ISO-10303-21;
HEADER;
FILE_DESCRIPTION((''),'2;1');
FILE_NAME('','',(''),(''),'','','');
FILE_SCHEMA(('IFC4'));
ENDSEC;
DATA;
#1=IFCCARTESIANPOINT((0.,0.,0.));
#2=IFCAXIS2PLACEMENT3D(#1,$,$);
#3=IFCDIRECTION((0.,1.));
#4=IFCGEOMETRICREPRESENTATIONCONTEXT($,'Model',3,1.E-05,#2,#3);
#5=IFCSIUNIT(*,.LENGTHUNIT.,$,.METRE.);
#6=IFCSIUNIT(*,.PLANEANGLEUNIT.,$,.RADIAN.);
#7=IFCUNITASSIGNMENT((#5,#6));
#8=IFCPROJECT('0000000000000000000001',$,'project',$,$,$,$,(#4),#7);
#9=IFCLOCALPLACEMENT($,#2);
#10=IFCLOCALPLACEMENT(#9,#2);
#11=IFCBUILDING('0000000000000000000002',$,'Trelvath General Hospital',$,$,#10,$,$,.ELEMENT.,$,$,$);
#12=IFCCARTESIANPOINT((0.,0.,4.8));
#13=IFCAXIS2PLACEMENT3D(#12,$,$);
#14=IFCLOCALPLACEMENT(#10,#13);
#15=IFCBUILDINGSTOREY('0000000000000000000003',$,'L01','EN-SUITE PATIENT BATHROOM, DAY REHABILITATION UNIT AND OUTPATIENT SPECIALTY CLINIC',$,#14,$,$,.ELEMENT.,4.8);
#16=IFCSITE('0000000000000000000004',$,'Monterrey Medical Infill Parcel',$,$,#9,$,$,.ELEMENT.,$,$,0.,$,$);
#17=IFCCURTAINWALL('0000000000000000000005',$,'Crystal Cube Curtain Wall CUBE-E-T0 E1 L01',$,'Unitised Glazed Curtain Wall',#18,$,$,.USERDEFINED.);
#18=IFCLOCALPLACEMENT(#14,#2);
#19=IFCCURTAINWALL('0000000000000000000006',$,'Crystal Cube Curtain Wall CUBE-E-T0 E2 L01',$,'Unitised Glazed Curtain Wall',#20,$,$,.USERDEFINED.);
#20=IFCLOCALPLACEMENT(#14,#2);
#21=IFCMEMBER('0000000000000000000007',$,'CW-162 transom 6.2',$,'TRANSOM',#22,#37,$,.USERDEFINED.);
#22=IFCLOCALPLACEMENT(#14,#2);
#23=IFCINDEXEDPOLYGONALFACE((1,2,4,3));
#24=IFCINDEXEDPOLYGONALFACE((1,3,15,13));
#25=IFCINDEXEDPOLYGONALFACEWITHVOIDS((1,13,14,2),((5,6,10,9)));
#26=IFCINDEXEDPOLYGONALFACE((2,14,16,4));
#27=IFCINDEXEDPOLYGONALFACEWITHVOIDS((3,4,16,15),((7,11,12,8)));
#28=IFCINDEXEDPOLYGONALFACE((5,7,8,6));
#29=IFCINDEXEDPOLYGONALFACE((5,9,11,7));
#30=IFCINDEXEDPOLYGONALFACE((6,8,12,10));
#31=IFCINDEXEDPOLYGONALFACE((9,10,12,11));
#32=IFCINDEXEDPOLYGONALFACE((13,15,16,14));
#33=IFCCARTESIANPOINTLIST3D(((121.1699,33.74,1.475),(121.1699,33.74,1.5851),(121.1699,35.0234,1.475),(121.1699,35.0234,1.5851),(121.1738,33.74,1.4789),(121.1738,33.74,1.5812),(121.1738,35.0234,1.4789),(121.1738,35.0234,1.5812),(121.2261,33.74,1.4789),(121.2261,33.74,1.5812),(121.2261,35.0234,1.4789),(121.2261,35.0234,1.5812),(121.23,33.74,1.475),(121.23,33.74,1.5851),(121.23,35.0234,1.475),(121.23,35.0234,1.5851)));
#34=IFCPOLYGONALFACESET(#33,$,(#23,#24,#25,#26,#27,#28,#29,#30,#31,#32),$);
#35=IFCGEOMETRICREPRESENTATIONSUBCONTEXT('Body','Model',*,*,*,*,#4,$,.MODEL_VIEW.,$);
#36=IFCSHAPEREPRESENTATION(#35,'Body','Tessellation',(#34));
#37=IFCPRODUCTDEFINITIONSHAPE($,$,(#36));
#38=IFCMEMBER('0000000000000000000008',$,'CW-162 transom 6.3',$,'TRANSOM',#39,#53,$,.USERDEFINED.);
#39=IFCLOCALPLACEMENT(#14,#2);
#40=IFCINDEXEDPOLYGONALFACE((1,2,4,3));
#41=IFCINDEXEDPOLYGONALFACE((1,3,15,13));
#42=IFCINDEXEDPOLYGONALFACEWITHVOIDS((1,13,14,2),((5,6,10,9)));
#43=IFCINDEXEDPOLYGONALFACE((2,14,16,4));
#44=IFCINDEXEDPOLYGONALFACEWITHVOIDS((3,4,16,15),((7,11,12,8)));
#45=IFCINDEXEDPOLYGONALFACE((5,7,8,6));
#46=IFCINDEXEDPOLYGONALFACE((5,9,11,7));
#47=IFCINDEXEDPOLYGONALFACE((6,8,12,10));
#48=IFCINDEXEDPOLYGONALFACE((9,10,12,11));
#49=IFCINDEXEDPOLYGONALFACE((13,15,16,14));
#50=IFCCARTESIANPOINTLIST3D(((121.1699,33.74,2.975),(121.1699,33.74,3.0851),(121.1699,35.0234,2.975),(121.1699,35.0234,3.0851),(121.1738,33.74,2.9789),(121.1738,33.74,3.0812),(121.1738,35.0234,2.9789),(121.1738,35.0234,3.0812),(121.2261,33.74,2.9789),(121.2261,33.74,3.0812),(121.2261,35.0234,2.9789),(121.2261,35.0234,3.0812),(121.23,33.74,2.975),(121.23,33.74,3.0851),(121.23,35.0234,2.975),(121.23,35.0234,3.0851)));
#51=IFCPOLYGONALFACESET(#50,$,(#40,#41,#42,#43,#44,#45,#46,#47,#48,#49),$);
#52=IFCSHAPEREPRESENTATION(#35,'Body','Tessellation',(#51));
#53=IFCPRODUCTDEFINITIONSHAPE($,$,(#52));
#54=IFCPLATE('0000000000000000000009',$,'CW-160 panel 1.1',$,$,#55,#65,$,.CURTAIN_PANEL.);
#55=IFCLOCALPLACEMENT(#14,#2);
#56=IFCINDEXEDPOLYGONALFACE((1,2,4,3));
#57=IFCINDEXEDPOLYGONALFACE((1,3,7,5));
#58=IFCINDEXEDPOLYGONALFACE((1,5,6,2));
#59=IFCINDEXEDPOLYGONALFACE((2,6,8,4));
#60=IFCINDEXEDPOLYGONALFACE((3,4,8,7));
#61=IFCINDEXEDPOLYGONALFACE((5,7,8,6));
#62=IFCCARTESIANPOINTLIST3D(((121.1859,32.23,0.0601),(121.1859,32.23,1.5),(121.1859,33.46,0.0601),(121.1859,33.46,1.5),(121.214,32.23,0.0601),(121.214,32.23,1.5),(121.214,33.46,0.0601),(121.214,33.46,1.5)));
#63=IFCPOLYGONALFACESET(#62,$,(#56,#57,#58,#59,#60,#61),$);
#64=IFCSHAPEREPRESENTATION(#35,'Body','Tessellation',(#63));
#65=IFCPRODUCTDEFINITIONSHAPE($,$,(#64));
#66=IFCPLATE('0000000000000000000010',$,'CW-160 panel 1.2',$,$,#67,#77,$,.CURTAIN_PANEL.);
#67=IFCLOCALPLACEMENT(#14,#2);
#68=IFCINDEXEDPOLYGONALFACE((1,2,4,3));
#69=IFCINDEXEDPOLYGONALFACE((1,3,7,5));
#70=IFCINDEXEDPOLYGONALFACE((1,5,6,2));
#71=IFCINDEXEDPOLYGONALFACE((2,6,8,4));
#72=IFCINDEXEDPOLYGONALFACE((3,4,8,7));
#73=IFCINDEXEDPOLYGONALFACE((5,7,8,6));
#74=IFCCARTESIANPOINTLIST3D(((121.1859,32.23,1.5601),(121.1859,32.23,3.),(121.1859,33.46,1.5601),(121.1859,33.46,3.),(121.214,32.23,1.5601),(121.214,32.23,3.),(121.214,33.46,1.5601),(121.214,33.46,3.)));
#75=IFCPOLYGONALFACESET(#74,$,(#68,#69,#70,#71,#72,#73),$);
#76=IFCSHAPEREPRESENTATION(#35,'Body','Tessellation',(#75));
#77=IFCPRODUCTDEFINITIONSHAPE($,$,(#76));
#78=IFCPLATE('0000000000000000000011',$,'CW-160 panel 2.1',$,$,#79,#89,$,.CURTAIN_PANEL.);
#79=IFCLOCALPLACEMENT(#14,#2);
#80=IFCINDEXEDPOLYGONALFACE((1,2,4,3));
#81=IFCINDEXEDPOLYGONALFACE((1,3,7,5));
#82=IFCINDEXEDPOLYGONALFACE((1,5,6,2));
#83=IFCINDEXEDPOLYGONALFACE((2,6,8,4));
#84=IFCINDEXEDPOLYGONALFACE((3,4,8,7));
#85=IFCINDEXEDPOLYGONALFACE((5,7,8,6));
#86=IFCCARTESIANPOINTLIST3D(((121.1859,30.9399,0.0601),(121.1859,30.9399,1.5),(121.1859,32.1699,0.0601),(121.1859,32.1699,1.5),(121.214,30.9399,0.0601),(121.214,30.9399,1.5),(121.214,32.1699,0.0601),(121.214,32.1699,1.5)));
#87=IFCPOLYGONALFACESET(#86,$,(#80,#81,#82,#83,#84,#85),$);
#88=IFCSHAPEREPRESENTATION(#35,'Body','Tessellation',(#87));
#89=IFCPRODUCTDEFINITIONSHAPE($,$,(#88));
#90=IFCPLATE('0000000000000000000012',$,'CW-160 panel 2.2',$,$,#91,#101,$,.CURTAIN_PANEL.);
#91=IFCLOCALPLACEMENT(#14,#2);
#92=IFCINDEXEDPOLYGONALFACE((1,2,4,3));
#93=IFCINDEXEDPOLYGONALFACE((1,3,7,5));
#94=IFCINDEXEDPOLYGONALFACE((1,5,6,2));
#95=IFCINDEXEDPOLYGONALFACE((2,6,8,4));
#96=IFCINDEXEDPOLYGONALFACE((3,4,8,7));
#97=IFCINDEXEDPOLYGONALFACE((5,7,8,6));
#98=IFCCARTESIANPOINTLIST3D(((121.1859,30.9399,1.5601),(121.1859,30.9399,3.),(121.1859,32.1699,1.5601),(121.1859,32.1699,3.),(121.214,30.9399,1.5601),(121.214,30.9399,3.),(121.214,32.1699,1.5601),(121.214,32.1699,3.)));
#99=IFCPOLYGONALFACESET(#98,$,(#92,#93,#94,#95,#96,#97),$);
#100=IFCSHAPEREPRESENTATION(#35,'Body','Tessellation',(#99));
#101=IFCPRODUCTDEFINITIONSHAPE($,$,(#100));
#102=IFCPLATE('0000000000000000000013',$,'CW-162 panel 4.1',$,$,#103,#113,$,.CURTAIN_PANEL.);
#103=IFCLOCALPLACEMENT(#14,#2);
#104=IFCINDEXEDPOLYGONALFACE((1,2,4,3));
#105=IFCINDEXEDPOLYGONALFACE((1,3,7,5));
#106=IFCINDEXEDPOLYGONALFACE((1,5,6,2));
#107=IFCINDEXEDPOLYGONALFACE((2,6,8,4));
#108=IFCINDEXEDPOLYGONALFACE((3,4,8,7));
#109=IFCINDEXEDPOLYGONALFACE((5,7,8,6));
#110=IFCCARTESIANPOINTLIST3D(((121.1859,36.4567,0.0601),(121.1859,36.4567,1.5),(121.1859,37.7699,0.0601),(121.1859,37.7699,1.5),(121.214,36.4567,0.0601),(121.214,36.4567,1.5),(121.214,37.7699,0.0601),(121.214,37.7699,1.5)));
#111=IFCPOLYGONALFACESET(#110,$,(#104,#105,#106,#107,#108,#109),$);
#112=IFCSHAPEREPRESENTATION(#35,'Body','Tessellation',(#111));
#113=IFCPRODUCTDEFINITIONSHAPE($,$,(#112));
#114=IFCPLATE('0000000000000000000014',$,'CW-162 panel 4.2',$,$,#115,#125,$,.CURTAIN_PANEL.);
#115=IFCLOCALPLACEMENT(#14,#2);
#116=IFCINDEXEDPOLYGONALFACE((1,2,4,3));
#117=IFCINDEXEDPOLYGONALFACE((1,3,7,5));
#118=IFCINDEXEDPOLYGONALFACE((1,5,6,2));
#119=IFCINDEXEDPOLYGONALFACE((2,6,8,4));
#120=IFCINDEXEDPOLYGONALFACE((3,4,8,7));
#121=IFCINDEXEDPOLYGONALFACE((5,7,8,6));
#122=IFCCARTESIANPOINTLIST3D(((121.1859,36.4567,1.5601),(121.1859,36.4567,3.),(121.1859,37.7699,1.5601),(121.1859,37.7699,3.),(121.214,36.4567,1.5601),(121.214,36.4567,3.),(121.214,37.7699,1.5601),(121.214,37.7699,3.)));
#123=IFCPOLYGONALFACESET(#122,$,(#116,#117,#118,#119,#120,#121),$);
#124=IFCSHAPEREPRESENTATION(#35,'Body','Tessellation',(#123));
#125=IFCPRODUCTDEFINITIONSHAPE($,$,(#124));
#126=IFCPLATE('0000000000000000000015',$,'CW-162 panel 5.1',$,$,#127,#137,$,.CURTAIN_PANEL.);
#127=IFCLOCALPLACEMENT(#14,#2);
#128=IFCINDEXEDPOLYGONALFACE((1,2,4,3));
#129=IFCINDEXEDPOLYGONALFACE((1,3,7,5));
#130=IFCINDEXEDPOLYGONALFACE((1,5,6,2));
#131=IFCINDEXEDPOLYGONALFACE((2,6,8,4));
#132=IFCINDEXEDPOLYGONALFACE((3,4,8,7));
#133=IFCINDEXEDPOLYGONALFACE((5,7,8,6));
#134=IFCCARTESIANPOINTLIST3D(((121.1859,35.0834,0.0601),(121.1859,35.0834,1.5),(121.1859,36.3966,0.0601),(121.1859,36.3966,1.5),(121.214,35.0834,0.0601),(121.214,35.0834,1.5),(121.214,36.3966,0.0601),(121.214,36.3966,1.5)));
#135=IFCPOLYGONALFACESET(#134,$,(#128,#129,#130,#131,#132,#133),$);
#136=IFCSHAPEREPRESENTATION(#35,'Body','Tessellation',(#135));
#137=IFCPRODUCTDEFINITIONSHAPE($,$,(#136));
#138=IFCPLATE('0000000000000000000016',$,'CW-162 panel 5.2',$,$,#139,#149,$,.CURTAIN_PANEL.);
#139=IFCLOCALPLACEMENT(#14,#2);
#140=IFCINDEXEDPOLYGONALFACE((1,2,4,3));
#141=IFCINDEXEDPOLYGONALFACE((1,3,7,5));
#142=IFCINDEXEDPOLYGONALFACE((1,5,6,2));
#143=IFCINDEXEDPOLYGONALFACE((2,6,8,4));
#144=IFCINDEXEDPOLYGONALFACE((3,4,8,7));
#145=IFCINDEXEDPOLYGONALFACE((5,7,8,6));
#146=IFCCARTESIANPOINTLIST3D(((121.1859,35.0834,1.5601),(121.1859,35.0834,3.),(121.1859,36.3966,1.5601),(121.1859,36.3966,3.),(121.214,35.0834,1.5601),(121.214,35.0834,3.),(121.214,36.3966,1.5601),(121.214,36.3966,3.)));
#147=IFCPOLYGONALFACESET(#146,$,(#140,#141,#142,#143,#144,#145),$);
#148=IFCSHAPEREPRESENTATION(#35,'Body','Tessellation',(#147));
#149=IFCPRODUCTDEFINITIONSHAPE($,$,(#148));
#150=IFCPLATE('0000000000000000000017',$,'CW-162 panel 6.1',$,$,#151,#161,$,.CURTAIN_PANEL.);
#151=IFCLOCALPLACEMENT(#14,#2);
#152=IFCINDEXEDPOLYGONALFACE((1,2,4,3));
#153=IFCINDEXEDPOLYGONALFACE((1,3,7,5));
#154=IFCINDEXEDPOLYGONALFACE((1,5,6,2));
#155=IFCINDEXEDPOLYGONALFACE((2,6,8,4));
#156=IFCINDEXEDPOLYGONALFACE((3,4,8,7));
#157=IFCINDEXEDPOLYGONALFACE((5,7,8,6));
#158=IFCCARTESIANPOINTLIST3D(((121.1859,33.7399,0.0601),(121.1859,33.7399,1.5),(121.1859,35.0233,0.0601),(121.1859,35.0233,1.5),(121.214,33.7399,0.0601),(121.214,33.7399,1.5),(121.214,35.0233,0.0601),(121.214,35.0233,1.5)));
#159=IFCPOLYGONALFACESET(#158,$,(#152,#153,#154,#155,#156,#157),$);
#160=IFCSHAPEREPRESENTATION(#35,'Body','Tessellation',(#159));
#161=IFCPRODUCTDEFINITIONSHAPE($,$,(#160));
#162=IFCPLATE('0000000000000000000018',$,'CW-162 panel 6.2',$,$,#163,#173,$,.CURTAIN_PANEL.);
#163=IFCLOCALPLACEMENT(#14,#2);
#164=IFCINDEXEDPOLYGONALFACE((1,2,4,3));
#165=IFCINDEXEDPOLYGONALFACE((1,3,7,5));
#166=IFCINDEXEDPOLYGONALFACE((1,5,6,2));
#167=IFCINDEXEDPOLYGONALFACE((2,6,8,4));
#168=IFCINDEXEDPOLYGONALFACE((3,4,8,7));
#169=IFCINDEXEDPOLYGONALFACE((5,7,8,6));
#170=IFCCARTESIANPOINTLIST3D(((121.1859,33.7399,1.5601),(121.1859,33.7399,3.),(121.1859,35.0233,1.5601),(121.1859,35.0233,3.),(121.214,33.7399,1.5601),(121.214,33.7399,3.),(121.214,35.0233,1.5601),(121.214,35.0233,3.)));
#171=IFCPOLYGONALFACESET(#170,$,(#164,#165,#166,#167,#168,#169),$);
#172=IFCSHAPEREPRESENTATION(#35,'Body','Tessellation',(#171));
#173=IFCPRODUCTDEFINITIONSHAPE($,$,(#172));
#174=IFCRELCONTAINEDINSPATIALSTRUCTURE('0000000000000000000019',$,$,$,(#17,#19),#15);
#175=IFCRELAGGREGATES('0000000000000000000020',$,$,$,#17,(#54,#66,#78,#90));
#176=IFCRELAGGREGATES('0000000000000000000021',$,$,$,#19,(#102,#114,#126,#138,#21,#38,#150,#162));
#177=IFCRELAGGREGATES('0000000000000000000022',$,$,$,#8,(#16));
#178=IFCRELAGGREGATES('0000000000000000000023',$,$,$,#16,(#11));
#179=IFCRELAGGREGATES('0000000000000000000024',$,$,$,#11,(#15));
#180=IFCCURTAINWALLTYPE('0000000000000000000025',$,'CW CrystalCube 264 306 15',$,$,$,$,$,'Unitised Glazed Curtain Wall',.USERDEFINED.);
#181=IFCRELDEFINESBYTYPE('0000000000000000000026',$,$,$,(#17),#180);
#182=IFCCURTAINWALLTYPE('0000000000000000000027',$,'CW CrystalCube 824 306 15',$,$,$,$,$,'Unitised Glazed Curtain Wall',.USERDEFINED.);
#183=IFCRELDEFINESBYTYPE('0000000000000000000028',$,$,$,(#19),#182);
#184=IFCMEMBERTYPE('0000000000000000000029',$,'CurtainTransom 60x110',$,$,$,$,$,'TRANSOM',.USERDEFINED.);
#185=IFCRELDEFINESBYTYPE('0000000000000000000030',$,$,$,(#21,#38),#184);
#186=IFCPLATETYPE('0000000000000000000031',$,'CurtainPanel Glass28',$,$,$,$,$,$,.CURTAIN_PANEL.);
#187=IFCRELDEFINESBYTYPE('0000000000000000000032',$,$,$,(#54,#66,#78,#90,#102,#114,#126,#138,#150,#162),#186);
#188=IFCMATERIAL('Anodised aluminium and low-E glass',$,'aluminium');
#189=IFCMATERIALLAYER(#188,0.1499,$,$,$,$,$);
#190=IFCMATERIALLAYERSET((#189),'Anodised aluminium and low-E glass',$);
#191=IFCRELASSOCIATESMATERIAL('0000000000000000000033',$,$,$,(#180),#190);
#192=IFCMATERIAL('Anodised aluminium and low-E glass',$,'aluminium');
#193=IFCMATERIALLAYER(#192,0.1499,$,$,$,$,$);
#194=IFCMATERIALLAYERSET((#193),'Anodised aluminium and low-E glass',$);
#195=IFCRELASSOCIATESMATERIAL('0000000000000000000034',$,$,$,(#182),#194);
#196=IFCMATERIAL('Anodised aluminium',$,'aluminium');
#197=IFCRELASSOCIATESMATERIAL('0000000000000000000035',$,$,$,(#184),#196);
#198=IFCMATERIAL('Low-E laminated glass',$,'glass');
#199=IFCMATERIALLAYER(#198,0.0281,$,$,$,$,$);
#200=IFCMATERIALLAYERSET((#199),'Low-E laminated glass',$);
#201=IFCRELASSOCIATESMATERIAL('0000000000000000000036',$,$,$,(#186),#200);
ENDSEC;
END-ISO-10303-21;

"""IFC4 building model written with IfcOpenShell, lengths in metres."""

from ifc_helpers import new_model, si_unit, direction, frame, origin, origin_2d, place, context, subcontext, project, spatial, rectangle, hollow_rectangle, extrude, material, layer, layer_set, material_profile, profile_set, type_object, element, aggregate, save


model = new_model("IFC4")

# Units and contexts
model_context = context("Model", 3, precision=1e-05, world=origin(), true_north=direction((0.0, 1.0)))
body_context = subcontext(model_context, "Body", "Model", "MODEL_VIEW")
ifc_project = project(units=[si_unit("LENGTHUNIT", "METRE"), si_unit("PLANEANGLEUNIT", "RADIAN")], contexts=[model_context])

# Site, building, storey
site_placement = place(None, origin())
site = spatial("IfcSite", under=ifc_project, at=site_placement, Name="Monterrey Medical Infill Parcel", CompositionType="ELEMENT", RefElevation=0.0)
building_placement = place(site_placement, origin())
building = spatial("IfcBuilding", under=site, at=building_placement, Name="Trelvath General Hospital", CompositionType="ELEMENT")
storey_placement = place(building_placement, frame((0.0, 0.0, 4.8)))
storey = spatial("IfcBuildingStorey", under=building, at=storey_placement, Name="L01", Description="EN-SUITE PATIENT BATHROOM, DAY REHABILITATION UNIT AND OUTPATIENT SPECIALTY CLINIC", CompositionType="ELEMENT", Elevation=4.8)

# Curtain walls
ifc_material_1 = material(Name="Anodised aluminium and low-E glass", Category="aluminium")
ifc_layer_1 = layer(ifc_material_1, 0.1499)
ifc_layer_set_1 = layer_set([ifc_layer_1], Name="Anodised aluminium and low-E glass")
curtain_wall_type_1 = type_object("IfcCurtainWallType", Name="CW CrystalCube 264 306 15", ElementType="Unitised Glazed Curtain Wall", PredefinedType="USERDEFINED", material=ifc_layer_set_1)
curtain_wall_1_placement = place(storey_placement, origin())
curtain_wall_1 = element("IfcCurtainWall", 1, at=curtain_wall_1_placement, inside=storey, type_object=curtain_wall_type_1, Name="Crystal Cube Curtain Wall CUBE-E-T0 E1 L01", ObjectType="Unitised Glazed Curtain Wall", PredefinedType="USERDEFINED")
ifc_material_2 = material(Name="Anodised aluminium and low-E glass", Category="aluminium")
ifc_layer_2 = layer(ifc_material_2, 0.1499)
ifc_layer_set_2 = layer_set([ifc_layer_2], Name="Anodised aluminium and low-E glass")
curtain_wall_type_2 = type_object("IfcCurtainWallType", Name="CW CrystalCube 824 306 15", ElementType="Unitised Glazed Curtain Wall", PredefinedType="USERDEFINED", material=ifc_layer_set_2)
curtain_wall_2_placement = place(storey_placement, origin())
curtain_wall_2 = element("IfcCurtainWall", 2, at=curtain_wall_2_placement, inside=storey, type_object=curtain_wall_type_2, Name="Crystal Cube Curtain Wall CUBE-E-T0 E2 L01", ObjectType="Unitised Glazed Curtain Wall", PredefinedType="USERDEFINED")

# Members
ifc_material_3 = material(Name="Anodised aluminium", Category="aluminium")
ifc_material_profile_1 = material_profile(ifc_material_3, hollow_rectangle(XDim=0.0601, YDim=0.1101, WallThickness=0.0039, at=origin_2d()), Name="RHS60x110x4")
ifc_profile_set_1 = profile_set([ifc_material_profile_1], Name="Anodised aluminium")
member_type_1 = type_object("IfcMemberType", Name="CurtainTransom 60x110", ElementType="TRANSOM", PredefinedType="USERDEFINED", material=ifc_profile_set_1)
member_1_placement = place(storey_placement, frame((121.2, 35.0234, 1.53), z_axis=(0.0, -1.0, 0.0), x_axis=(1.0, 0.0, 0.0)))
member_1 = element("IfcMember", 3, at=member_1_placement, type_object=member_type_1, Name="CW-162 transom 6.2", ObjectType="TRANSOM", PredefinedType="USERDEFINED", context=body_context, shape_type="SweptSolid", body=[
    extrude(hollow_rectangle(XDim=0.0601, YDim=0.1101, WallThickness=0.0039, at=origin_2d()), origin(), (0.0, 0.0, 1.0), 1.2834),
])
member_2_placement = place(storey_placement, frame((121.2, 35.0234, 3.03), z_axis=(0.0, -1.0, 0.0), x_axis=(1.0, 0.0, 0.0)))
member_2 = element("IfcMember", 4, at=member_2_placement, type_object=member_type_1, Name="CW-162 transom 6.3", ObjectType="TRANSOM", PredefinedType="USERDEFINED", context=body_context, shape_type="SweptSolid", body=[
    extrude(hollow_rectangle(XDim=0.0601, YDim=0.1101, WallThickness=0.0039, at=origin_2d()), origin(), (0.0, 0.0, 1.0), 1.2834),
])

# Plates
ifc_material_4 = material(Name="Low-E laminated glass", Category="glass")
ifc_layer_3 = layer(ifc_material_4, 0.0281)
ifc_layer_set_3 = layer_set([ifc_layer_3], Name="Low-E laminated glass")
plate_type = type_object("IfcPlateType", Name="CurtainPanel Glass28", PredefinedType="CURTAIN_PANEL", material=ifc_layer_set_3)
plate_1_placement = place(storey_placement, frame((121.2, 32.845, 0.0601), z_axis=(0.0, 0.0, 1.0), x_axis=(0.0, -1.0, 0.0)))
plate_1 = element("IfcPlate", 5, at=plate_1_placement, type_object=plate_type, Name="CW-160 panel 1.1", PredefinedType="CURTAIN_PANEL", context=body_context, shape_type="SweptSolid", body=[
    extrude(rectangle(XDim=1.23, YDim=0.0281, at=origin_2d()), origin(), (0.0, 0.0, 1.0), 1.4399),
])
plate_2_placement = place(storey_placement, frame((121.2, 32.845, 1.5601), z_axis=(0.0, 0.0, 1.0), x_axis=(0.0, -1.0, 0.0)))
plate_2 = element("IfcPlate", 6, at=plate_2_placement, type_object=plate_type, Name="CW-160 panel 1.2", PredefinedType="CURTAIN_PANEL", context=body_context, shape_type="SweptSolid", body=[
    extrude(rectangle(XDim=1.23, YDim=0.0281, at=origin_2d()), origin(), (0.0, 0.0, 1.0), 1.4399),
])
plate_3_placement = place(storey_placement, frame((121.2, 31.5549, 0.0601), z_axis=(0.0, 0.0, 1.0), x_axis=(0.0, -1.0, 0.0)))
plate_3 = element("IfcPlate", 7, at=plate_3_placement, type_object=plate_type, Name="CW-160 panel 2.1", PredefinedType="CURTAIN_PANEL", context=body_context, shape_type="SweptSolid", body=[
    extrude(rectangle(XDim=1.23, YDim=0.0281, at=origin_2d()), origin(), (0.0, 0.0, 1.0), 1.4399),
])
plate_4_placement = place(storey_placement, frame((121.2, 31.5549, 1.5601), z_axis=(0.0, 0.0, 1.0), x_axis=(0.0, -1.0, 0.0)))
plate_4 = element("IfcPlate", 8, at=plate_4_placement, type_object=plate_type, Name="CW-160 panel 2.2", PredefinedType="CURTAIN_PANEL", context=body_context, shape_type="SweptSolid", body=[
    extrude(rectangle(XDim=1.23, YDim=0.0281, at=origin_2d()), origin(), (0.0, 0.0, 1.0), 1.4399),
])
aggregate(curtain_wall_1, [plate_1, plate_2, plate_3, plate_4])
plate_5_placement = place(storey_placement, frame((121.2, 37.1133, 0.0601), z_axis=(0.0, 0.0, 1.0), x_axis=(0.0, -1.0, 0.0)))
plate_5 = element("IfcPlate", 9, at=plate_5_placement, type_object=plate_type, Name="CW-162 panel 4.1", PredefinedType="CURTAIN_PANEL", context=body_context, shape_type="SweptSolid", body=[
    extrude(rectangle(XDim=1.3132, YDim=0.0281, at=origin_2d()), origin(), (0.0, 0.0, 1.0), 1.4399),
])
plate_6_placement = place(storey_placement, frame((121.2, 37.1133, 1.5601), z_axis=(0.0, 0.0, 1.0), x_axis=(0.0, -1.0, 0.0)))
plate_6 = element("IfcPlate", 10, at=plate_6_placement, type_object=plate_type, Name="CW-162 panel 4.2", PredefinedType="CURTAIN_PANEL", context=body_context, shape_type="SweptSolid", body=[
    extrude(rectangle(XDim=1.3132, YDim=0.0281, at=origin_2d()), origin(), (0.0, 0.0, 1.0), 1.4399),
])
plate_7_placement = place(storey_placement, frame((121.2, 35.74, 0.0601), z_axis=(0.0, 0.0, 1.0), x_axis=(0.0, -1.0, 0.0)))
plate_7 = element("IfcPlate", 11, at=plate_7_placement, type_object=plate_type, Name="CW-162 panel 5.1", PredefinedType="CURTAIN_PANEL", context=body_context, shape_type="SweptSolid", body=[
    extrude(rectangle(XDim=1.3132, YDim=0.0281, at=origin_2d()), origin(), (0.0, 0.0, 1.0), 1.4399),
])
plate_8_placement = place(storey_placement, frame((121.2, 35.74, 1.5601), z_axis=(0.0, 0.0, 1.0), x_axis=(0.0, -1.0, 0.0)))
plate_8 = element("IfcPlate", 12, at=plate_8_placement, type_object=plate_type, Name="CW-162 panel 5.2", PredefinedType="CURTAIN_PANEL", context=body_context, shape_type="SweptSolid", body=[
    extrude(rectangle(XDim=1.3132, YDim=0.0281, at=origin_2d()), origin(), (0.0, 0.0, 1.0), 1.4399),
])
plate_9_placement = place(storey_placement, frame((121.2, 34.3816, 0.0601), z_axis=(0.0, 0.0, 1.0), x_axis=(0.0, -1.0, 0.0)))
plate_9 = element("IfcPlate", 13, at=plate_9_placement, type_object=plate_type, Name="CW-162 panel 6.1", PredefinedType="CURTAIN_PANEL", context=body_context, shape_type="SweptSolid", body=[
    extrude(rectangle(XDim=1.2834, YDim=0.0281, at=origin_2d()), origin(), (0.0, 0.0, 1.0), 1.4399),
])
plate_10_placement = place(storey_placement, frame((121.2, 34.3816, 1.5601), z_axis=(0.0, 0.0, 1.0), x_axis=(0.0, -1.0, 0.0)))
plate_10 = element("IfcPlate", 14, at=plate_10_placement, type_object=plate_type, Name="CW-162 panel 6.2", PredefinedType="CURTAIN_PANEL", context=body_context, shape_type="SweptSolid", body=[
    extrude(rectangle(XDim=1.2834, YDim=0.0281, at=origin_2d()), origin(), (0.0, 0.0, 1.0), 1.4399),
])
aggregate(curtain_wall_2, [plate_5, plate_6, plate_7, plate_8, member_1, member_2, plate_9, plate_10])

save(model, "model.ifc")
